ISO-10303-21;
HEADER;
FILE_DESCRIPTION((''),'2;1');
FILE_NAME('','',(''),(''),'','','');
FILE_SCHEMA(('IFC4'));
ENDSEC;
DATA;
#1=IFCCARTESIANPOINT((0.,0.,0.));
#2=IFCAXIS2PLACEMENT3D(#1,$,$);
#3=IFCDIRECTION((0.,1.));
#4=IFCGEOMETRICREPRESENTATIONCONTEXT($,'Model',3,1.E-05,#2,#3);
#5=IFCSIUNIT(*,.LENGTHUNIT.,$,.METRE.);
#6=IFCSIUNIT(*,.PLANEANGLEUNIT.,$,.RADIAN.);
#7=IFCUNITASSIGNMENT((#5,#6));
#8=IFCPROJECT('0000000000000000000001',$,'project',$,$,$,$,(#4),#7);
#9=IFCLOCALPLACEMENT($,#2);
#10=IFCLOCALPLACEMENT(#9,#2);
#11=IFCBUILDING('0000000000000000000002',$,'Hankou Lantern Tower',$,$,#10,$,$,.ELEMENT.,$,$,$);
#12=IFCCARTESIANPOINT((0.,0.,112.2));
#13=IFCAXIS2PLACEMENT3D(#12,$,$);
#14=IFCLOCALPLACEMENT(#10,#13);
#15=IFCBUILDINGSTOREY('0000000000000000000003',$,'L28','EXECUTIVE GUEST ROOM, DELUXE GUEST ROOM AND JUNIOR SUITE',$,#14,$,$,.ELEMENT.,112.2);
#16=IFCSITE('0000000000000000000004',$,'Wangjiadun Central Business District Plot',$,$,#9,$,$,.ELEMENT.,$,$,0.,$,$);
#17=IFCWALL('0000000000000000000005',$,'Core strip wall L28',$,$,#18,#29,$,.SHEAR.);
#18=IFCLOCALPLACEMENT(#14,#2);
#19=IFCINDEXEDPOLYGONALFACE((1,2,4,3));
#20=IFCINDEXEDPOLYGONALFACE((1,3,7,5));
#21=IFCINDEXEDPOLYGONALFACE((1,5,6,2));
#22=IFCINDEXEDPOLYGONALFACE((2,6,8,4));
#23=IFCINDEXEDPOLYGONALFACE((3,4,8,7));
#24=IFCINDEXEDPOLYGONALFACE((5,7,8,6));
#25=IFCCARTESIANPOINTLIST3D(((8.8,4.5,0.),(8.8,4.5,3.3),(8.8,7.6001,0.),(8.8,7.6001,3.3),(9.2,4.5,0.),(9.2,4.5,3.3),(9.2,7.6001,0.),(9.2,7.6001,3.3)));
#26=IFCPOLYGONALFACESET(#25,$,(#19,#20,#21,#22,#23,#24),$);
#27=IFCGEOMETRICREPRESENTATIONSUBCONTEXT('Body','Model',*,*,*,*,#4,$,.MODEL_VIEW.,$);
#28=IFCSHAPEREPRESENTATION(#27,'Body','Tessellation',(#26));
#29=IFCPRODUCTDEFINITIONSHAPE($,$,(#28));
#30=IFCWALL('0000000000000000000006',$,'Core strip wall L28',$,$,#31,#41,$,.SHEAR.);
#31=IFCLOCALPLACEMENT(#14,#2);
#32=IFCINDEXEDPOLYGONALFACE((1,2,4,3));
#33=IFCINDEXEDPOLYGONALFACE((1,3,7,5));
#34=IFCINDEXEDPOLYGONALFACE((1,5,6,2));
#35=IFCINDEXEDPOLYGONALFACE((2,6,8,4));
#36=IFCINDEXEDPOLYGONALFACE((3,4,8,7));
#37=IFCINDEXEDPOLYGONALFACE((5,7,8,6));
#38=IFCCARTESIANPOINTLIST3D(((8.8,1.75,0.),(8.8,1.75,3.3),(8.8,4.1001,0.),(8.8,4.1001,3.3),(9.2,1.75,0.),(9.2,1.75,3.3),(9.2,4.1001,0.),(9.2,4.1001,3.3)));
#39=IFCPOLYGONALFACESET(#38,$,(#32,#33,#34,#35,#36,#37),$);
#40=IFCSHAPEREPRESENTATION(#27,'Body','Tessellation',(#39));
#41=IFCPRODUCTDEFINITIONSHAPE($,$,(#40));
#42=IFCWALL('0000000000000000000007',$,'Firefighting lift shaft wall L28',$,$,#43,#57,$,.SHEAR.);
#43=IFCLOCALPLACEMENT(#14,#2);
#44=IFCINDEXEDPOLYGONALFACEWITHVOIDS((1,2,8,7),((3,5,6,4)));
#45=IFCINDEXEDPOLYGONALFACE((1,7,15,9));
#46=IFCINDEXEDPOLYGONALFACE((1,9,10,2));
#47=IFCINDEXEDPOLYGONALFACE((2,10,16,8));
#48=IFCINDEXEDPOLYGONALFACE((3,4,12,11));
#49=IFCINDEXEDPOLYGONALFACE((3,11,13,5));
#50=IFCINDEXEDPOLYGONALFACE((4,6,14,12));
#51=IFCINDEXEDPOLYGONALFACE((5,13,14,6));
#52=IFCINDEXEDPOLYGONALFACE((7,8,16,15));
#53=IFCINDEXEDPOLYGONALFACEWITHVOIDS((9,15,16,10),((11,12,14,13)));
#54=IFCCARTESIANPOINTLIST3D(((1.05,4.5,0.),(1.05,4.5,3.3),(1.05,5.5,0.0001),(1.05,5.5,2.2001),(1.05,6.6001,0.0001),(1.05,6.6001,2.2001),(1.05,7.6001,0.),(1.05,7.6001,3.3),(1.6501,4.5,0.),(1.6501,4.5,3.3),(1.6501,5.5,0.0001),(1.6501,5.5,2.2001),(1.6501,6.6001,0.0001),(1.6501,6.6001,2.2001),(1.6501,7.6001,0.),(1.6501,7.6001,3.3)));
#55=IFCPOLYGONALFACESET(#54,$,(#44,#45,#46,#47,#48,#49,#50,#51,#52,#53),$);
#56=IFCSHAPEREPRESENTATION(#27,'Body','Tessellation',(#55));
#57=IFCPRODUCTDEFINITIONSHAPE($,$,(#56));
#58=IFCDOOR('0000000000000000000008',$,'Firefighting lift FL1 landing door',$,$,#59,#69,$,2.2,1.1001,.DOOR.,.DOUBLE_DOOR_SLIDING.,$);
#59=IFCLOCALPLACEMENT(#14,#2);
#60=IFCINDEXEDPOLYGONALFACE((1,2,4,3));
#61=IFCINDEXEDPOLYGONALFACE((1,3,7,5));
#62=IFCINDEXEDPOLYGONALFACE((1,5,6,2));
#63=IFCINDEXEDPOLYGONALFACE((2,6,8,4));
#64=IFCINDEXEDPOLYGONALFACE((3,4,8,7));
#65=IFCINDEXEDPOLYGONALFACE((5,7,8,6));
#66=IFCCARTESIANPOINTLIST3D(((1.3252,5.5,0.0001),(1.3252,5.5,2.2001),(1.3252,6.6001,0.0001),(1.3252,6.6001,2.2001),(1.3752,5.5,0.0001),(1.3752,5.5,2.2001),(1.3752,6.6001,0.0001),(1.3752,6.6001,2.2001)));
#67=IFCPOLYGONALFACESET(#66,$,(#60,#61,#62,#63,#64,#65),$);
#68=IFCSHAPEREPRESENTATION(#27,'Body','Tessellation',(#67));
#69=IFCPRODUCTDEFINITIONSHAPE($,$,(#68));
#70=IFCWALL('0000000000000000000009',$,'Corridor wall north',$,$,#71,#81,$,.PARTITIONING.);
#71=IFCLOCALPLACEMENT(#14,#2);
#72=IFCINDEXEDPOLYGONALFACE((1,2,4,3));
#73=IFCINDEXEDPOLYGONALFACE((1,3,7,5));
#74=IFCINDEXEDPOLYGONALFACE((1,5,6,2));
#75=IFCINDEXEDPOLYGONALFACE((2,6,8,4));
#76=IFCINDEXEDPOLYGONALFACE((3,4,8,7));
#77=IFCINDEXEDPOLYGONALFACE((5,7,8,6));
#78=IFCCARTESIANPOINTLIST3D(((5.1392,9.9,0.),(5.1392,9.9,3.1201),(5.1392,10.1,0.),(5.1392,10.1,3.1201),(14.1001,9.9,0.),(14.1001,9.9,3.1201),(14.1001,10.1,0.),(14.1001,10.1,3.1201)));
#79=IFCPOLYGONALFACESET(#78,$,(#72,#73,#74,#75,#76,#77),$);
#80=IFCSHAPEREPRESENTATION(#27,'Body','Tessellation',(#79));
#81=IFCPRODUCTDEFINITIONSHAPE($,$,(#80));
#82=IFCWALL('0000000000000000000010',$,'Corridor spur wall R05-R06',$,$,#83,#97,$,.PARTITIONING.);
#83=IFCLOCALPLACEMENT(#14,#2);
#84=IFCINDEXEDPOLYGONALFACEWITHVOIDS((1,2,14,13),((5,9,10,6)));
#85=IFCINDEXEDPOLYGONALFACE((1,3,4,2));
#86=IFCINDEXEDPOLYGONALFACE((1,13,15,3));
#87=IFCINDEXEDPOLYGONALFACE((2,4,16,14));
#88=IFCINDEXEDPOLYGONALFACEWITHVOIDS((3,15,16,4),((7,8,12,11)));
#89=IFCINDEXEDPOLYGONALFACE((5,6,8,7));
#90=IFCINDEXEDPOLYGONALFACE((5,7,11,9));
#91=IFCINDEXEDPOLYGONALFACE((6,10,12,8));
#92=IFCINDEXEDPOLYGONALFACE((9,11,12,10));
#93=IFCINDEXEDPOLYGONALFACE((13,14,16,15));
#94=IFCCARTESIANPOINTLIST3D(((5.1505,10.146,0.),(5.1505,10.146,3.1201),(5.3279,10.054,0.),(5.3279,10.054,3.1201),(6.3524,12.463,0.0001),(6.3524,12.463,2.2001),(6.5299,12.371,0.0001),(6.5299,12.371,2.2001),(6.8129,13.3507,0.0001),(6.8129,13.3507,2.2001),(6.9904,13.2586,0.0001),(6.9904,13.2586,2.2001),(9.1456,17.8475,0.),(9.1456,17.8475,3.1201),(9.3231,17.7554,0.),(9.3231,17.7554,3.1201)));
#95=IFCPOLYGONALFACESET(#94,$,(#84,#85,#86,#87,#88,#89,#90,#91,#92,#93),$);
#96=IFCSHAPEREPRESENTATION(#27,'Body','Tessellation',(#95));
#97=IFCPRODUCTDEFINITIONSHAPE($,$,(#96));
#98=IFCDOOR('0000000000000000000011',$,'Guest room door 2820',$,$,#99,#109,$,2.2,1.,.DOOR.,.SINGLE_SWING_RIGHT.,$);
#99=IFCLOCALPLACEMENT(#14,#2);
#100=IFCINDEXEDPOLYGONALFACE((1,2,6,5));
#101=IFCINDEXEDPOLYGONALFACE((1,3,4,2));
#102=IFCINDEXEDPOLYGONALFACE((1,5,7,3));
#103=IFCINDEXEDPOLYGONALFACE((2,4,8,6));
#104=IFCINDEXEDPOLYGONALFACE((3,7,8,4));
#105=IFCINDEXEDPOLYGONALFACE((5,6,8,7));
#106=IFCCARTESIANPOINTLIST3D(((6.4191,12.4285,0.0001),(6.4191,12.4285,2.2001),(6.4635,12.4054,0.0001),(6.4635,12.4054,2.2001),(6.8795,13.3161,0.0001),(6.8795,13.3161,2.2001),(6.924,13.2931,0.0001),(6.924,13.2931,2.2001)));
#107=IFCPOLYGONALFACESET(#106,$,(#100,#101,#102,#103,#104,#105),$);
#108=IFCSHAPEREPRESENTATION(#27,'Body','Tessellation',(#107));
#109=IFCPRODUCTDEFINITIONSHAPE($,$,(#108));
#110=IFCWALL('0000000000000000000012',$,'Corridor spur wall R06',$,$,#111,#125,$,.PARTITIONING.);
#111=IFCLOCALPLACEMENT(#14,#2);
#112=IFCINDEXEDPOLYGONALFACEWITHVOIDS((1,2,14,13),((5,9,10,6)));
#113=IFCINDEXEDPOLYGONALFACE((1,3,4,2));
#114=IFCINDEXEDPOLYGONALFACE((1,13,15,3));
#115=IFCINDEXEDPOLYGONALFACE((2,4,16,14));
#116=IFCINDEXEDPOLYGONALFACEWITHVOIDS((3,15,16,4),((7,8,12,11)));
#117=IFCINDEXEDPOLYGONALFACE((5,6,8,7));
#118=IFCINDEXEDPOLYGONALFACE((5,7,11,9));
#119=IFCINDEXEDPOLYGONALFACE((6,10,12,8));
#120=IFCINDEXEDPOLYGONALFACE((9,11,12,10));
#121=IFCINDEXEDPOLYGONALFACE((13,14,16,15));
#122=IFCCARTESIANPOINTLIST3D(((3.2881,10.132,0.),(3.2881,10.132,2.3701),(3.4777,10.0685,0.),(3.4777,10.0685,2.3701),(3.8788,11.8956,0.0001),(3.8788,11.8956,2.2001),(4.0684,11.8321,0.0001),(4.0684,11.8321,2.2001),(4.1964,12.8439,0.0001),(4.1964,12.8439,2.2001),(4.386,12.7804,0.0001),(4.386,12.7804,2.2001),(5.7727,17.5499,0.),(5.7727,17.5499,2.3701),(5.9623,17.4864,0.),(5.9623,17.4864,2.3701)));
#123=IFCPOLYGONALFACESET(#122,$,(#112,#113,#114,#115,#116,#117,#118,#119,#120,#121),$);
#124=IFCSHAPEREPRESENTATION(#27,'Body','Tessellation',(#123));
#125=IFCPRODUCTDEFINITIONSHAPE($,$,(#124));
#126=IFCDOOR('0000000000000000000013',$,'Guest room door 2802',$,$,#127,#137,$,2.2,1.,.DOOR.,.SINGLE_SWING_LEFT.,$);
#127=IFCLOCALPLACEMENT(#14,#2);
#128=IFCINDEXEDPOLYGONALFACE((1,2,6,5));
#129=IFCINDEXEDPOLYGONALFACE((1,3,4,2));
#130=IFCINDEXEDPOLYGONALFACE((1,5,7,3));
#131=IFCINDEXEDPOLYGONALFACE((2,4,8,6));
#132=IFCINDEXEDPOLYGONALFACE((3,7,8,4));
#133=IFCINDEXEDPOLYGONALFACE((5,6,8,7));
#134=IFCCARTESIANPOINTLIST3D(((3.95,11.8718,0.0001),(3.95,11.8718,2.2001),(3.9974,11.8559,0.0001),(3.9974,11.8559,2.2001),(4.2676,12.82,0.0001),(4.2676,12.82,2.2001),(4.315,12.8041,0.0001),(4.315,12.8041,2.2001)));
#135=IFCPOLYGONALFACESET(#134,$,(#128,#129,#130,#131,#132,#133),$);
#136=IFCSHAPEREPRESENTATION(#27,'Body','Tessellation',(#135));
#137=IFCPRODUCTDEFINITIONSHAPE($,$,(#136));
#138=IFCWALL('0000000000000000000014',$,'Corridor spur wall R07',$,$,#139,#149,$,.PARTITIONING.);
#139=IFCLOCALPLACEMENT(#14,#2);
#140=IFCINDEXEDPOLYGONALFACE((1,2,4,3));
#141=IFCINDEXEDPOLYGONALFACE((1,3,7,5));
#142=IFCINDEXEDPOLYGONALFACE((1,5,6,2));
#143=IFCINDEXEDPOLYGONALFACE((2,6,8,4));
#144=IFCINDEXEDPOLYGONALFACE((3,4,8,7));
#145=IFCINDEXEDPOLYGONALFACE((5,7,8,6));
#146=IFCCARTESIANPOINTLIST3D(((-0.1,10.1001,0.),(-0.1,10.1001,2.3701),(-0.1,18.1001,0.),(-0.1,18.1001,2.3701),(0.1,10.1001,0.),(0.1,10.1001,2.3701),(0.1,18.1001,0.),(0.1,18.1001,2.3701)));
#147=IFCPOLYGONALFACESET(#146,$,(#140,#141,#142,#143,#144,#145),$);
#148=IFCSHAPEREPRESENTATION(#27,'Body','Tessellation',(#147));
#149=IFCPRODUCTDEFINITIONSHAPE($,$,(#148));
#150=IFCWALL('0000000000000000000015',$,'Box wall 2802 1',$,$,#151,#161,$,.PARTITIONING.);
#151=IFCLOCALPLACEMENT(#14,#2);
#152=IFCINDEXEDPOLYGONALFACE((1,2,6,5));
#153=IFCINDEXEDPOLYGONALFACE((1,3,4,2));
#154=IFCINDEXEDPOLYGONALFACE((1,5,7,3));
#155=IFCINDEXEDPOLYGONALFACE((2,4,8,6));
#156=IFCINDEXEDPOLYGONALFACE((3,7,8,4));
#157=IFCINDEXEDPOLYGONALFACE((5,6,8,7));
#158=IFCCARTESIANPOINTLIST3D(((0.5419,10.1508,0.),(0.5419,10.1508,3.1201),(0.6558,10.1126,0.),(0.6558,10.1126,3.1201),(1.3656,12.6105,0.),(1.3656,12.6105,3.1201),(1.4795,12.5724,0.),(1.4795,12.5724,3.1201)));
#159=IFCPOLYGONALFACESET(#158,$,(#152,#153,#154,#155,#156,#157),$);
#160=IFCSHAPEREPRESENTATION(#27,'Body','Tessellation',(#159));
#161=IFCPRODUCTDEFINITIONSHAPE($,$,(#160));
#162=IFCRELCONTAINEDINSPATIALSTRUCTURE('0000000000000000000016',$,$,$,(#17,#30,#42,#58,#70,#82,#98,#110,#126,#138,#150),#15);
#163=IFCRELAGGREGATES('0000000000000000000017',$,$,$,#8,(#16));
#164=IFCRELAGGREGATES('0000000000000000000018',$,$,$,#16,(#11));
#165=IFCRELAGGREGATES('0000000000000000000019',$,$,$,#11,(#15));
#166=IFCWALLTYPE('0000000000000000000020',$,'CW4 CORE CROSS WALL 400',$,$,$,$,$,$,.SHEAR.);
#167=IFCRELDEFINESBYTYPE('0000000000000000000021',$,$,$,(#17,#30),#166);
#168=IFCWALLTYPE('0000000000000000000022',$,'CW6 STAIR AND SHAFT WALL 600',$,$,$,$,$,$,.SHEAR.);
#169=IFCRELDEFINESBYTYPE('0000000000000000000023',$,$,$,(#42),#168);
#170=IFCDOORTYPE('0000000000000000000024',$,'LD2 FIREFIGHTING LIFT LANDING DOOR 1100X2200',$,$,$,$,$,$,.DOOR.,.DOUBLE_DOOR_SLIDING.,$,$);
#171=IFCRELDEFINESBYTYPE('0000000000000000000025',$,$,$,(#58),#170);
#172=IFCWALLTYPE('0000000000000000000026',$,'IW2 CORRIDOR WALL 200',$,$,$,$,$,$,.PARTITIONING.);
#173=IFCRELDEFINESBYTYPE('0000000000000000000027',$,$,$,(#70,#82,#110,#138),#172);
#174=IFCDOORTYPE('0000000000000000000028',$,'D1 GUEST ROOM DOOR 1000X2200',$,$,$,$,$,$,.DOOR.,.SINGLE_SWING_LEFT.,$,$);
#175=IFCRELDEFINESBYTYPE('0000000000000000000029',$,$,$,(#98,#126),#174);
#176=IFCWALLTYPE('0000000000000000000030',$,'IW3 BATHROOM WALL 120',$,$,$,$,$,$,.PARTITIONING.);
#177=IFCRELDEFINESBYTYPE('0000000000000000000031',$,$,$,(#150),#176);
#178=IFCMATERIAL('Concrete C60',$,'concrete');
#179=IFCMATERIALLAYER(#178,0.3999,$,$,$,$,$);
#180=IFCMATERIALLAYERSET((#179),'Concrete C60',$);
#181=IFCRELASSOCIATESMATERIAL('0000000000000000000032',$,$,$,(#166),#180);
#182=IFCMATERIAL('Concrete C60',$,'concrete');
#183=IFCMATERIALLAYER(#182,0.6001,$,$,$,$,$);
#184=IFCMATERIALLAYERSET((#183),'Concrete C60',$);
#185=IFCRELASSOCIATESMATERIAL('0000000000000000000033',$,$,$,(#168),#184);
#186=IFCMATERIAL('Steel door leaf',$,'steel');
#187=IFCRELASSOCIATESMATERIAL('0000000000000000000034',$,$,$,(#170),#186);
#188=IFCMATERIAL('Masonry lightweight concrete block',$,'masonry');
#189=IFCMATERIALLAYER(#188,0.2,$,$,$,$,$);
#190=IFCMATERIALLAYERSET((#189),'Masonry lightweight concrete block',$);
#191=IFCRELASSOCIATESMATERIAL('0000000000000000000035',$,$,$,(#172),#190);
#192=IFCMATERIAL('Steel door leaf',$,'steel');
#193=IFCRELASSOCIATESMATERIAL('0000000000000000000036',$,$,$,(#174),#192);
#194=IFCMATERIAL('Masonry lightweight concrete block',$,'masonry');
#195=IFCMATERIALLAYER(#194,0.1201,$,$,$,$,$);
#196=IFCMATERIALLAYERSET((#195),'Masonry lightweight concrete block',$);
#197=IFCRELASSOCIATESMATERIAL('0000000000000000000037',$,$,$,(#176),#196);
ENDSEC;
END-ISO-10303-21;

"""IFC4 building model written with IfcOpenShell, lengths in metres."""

from ifc_helpers import new_model, si_unit, direction, frame, frame_2d, origin, place, context, subcontext, project, spatial, rectangle, extrude, material, layer, layer_set, type_object, element, fill, save


model = new_model("IFC4")

# Units and contexts
model_context = context("Model", 3, precision=1e-05, world=origin(), true_north=direction((0.0, 1.0)))
body_context = subcontext(model_context, "Body", "Model", "MODEL_VIEW")
ifc_project = project(units=[si_unit("LENGTHUNIT", "METRE"), si_unit("PLANEANGLEUNIT", "RADIAN")], contexts=[model_context])

# Site, building, storey
site_placement = place(None, origin())
site = spatial("IfcSite", under=ifc_project, at=site_placement, Name="Wangjiadun Central Business District Plot", CompositionType="ELEMENT", RefElevation=0.0)
building_placement = place(site_placement, origin())
building = spatial("IfcBuilding", under=site, at=building_placement, Name="Hankou Lantern Tower", CompositionType="ELEMENT")
storey_placement = place(building_placement, frame((0.0, 0.0, 112.2)))
storey = spatial("IfcBuildingStorey", under=building, at=storey_placement, Name="L28", Description="EXECUTIVE GUEST ROOM, DELUXE GUEST ROOM AND JUNIOR SUITE", CompositionType="ELEMENT", Elevation=112.2)

# Walls
ifc_material_1 = material(Name="Concrete C60", Category="concrete")
ifc_layer_1 = layer(ifc_material_1, 0.3999)
ifc_layer_set_1 = layer_set([ifc_layer_1], Name="Concrete C60")
wall_type_1 = type_object("IfcWallType", Name="CW4 CORE CROSS WALL 400", PredefinedType="SHEAR", material=ifc_layer_set_1)
wall_1_placement = place(storey_placement, frame((9.0, 4.5, 0.0), z_axis=(0.0, 0.0, 1.0), x_axis=(0.0, 1.0, 0.0)))
element("IfcWall", 1, at=wall_1_placement, inside=storey, type_object=wall_type_1, Name="Core strip wall L28", PredefinedType="SHEAR", context=body_context, shape_type="SweptSolid", body=[
    extrude(rectangle(XDim=3.1001, YDim=0.3999, at=frame_2d((1.55, 0.0))), origin(), (0.0, 0.0, 1.0), 3.3),
])
wall_2_placement = place(storey_placement, frame((9.0, 1.75, 0.0), z_axis=(0.0, 0.0, 1.0), x_axis=(0.0, 1.0, 0.0)))
element("IfcWall", 2, at=wall_2_placement, inside=storey, type_object=wall_type_1, Name="Core strip wall L28", PredefinedType="SHEAR", context=body_context, shape_type="SweptSolid", body=[
    extrude(rectangle(XDim=2.3501, YDim=0.3999, at=frame_2d((1.175, 0.0))), origin(), (0.0, 0.0, 1.0), 3.3),
])

# Wall, opening, door
ifc_material_2 = material(Name="Concrete C60", Category="concrete")
ifc_layer_2 = layer(ifc_material_2, 0.6001)
ifc_layer_set_2 = layer_set([ifc_layer_2], Name="Concrete C60")
wall_type_2 = type_object("IfcWallType", Name="CW6 STAIR AND SHAFT WALL 600", PredefinedType="SHEAR", material=ifc_layer_set_2)
wall_3_placement = place(storey_placement, frame((1.3501, 4.5, 0.0), z_axis=(0.0, 0.0, 1.0), x_axis=(0.0, 1.0, 0.0)))
wall_3 = element("IfcWall", 3, at=wall_3_placement, inside=storey, type_object=wall_type_2, Name="Firefighting lift shaft wall L28", PredefinedType="SHEAR", context=body_context, shape_type="SweptSolid", body=[
    extrude(rectangle(XDim=3.1001, YDim=0.6001, at=frame_2d((1.55, 0.0))), origin(), (0.0, 0.0, 1.0), 3.3),
])
opening_1_placement = place(wall_3_placement, frame((1.0, 0.0, 0.0)))
opening_1 = element("IfcOpeningElement", 4, at=opening_1_placement, cuts=wall_3, PredefinedType="OPENING", context=body_context, shape_type="SweptSolid", body=[
    extrude(rectangle(XDim=1.1001, YDim=2.2, at=frame_2d((0.55, 1.1001))), frame((0.0, 0.3101, 0.0), z_axis=(0.0, -1.0, 0.0), x_axis=(1.0, 0.0, 0.0)), (0.0, 0.0, 1.0), 0.6201),
])
ifc_material_3 = material(Name="Steel door leaf", Category="steel")
door_type_1 = type_object("IfcDoorType", Name="LD2 FIREFIGHTING LIFT LANDING DOOR 1100X2200", OperationType="DOUBLE_DOOR_SLIDING", PredefinedType="DOOR", material=ifc_material_3)
door_1_placement = place(opening_1_placement, origin())
door_1 = element("IfcDoor", 5, at=door_1_placement, inside=storey, type_object=door_type_1, Name="Firefighting lift FL1 landing door", OperationType="DOUBLE_DOOR_SLIDING", OverallHeight=2.2, OverallWidth=1.1001, PredefinedType="DOOR", context=body_context, shape_type="SweptSolid", body=[
    extrude(rectangle(XDim=1.1001, YDim=2.2, at=frame_2d((0.55, 1.1001))), frame((0.0, 0.0249, 0.0), z_axis=(0.0, -1.0, 0.0), x_axis=(1.0, 0.0, 0.0)), (0.0, 0.0, 1.0), 0.05),
])
fill(opening_1, door_1)

# Wall
ifc_material_4 = material(Name="Masonry lightweight concrete block", Category="masonry")
ifc_layer_3 = layer(ifc_material_4, 0.2)
ifc_layer_set_3 = layer_set([ifc_layer_3], Name="Masonry lightweight concrete block")
wall_type_3 = type_object("IfcWallType", Name="IW2 CORRIDOR WALL 200", PredefinedType="PARTITIONING", material=ifc_layer_set_3)
wall_4_placement = place(storey_placement, frame((5.1392, 10.0, 0.0), z_axis=(0.0, 0.0, 1.0), x_axis=(1.0, 0.0, 0.0)))
element("IfcWall", 6, at=wall_4_placement, inside=storey, type_object=wall_type_3, Name="Corridor wall north", PredefinedType="PARTITIONING", context=body_context, shape_type="SweptSolid", body=[
    extrude(rectangle(XDim=8.9609, YDim=0.2, at=frame_2d((4.4805, 0.0))), origin(), (0.0, 0.0, 1.0), 3.1201),
])

# Walls, openings, doors
wall_5_placement = place(storey_placement, frame((5.2393, 10.1001, 0.0), z_axis=(0.0, 0.0, 1.0), x_axis=(0.46048, 0.88767, 0.0)))
wall_5 = element("IfcWall", 7, at=wall_5_placement, inside=storey, type_object=wall_type_3, Name="Corridor spur wall R05-R06", PredefinedType="PARTITIONING", context=body_context, shape_type="SweptSolid", body=[
    extrude(rectangle(XDim=8.676, YDim=0.2, at=frame_2d((4.3379, 0.0))), origin(), (0.0, 0.0, 1.0), 3.1201),
])
opening_2_placement = place(wall_5_placement, frame((2.6101, 0.0, 0.0)))
opening_2 = element("IfcOpeningElement", 8, at=opening_2_placement, cuts=wall_5, PredefinedType="OPENING", context=body_context, shape_type="SweptSolid", body=[
    extrude(rectangle(XDim=1.0, YDim=2.2, at=frame_2d((0.5, 1.1001))), frame((0.0, 0.1099, 0.0), z_axis=(0.0, -1.0, 0.0), x_axis=(1.0, 0.0, 0.0)), (0.0, 0.0, 1.0), 0.22),
])
ifc_material_5 = material(Name="Steel door leaf", Category="steel")
door_type_2 = type_object("IfcDoorType", Name="D1 GUEST ROOM DOOR 1000X2200", OperationType="SINGLE_SWING_LEFT", PredefinedType="DOOR", material=ifc_material_5)
door_2_placement = place(opening_2_placement, origin())
door_2 = element("IfcDoor", 9, at=door_2_placement, inside=storey, type_object=door_type_2, Name="Guest room door 2820", OperationType="SINGLE_SWING_RIGHT", OverallHeight=2.2, OverallWidth=1.0, PredefinedType="DOOR", context=body_context, shape_type="SweptSolid", body=[
    extrude(rectangle(XDim=1.0, YDim=2.2, at=frame_2d((0.5, 1.1001))), frame((0.0, 0.0249, 0.0), z_axis=(0.0, -1.0, 0.0), x_axis=(1.0, 0.0, 0.0)), (0.0, 0.0, 1.0), 0.05),
])
fill(opening_2, door_2)
wall_6_placement = place(storey_placement, frame((3.3828, 10.1001, 0.0), z_axis=(0.0, 0.0, 1.0), x_axis=(0.317604, 0.948224, 0.0)))
wall_6 = element("IfcWall", 10, at=wall_6_placement, inside=storey, type_object=wall_type_3, Name="Corridor spur wall R06", PredefinedType="PARTITIONING", context=body_context, shape_type="SweptSolid", body=[
    extrude(rectangle(XDim=7.823, YDim=0.2, at=frame_2d((3.9116, 0.0))), origin(), (0.0, 0.0, 1.0), 2.3701),
])
opening_3_placement = place(wall_6_placement, frame((1.8601, 0.0, 0.0)))
opening_3 = element("IfcOpeningElement", 11, at=opening_3_placement, cuts=wall_6, PredefinedType="OPENING", context=body_context, shape_type="SweptSolid", body=[
    extrude(rectangle(XDim=1.0, YDim=2.2, at=frame_2d((0.5, 1.1001))), frame((0.0, 0.1099, 0.0), z_axis=(0.0, -1.0, 0.0), x_axis=(1.0, 0.0, 0.0)), (0.0, 0.0, 1.0), 0.22),
])
door_3_placement = place(opening_3_placement, origin())
door_3 = element("IfcDoor", 12, at=door_3_placement, inside=storey, type_object=door_type_2, Name="Guest room door 2802", OperationType="SINGLE_SWING_LEFT", OverallHeight=2.2, OverallWidth=1.0, PredefinedType="DOOR", context=body_context, shape_type="SweptSolid", body=[
    extrude(rectangle(XDim=1.0, YDim=2.2, at=frame_2d((0.5, 1.1001))), frame((0.0, 0.0249, 0.0), z_axis=(0.0, -1.0, 0.0), x_axis=(1.0, 0.0, 0.0)), (0.0, 0.0, 1.0), 0.05),
])
fill(opening_3, door_3)

# Walls
wall_7_placement = place(storey_placement, frame((0.0, 10.1001, 0.0), z_axis=(0.0, 0.0, 1.0), x_axis=(0.0, 1.0, 0.0)))
element("IfcWall", 13, at=wall_7_placement, inside=storey, type_object=wall_type_3, Name="Corridor spur wall R07", PredefinedType="PARTITIONING", context=body_context, shape_type="SweptSolid", body=[
    extrude(rectangle(XDim=8.0, YDim=0.2, at=frame_2d((4.0, 0.0))), origin(), (0.0, 0.0, 1.0), 2.3701),
])
ifc_material_6 = material(Name="Masonry lightweight concrete block", Category="masonry")
ifc_layer_4 = layer(ifc_material_6, 0.1201)
ifc_layer_set_4 = layer_set([ifc_layer_4], Name="Masonry lightweight concrete block")
wall_type_4 = type_object("IfcWallType", Name="IW3 BATHROOM WALL 120", PredefinedType="PARTITIONING", material=ifc_layer_set_4)
wall_8_placement = place(storey_placement, frame((0.5989, 10.1318, 0.0), z_axis=(0.0, 0.0, 1.0), x_axis=(0.317555, 0.94824, 0.0)))
element("IfcWall", 14, at=wall_8_placement, inside=storey, type_object=wall_type_4, Name="Box wall 2802 1", PredefinedType="PARTITIONING", context=body_context, shape_type="SweptSolid", body=[
    extrude(rectangle(XDim=2.594, YDim=0.1201, at=frame_2d((1.2969, 0.0))), origin(), (0.0, 0.0, 1.0), 3.1201),
])

save(model, "model.ifc")
